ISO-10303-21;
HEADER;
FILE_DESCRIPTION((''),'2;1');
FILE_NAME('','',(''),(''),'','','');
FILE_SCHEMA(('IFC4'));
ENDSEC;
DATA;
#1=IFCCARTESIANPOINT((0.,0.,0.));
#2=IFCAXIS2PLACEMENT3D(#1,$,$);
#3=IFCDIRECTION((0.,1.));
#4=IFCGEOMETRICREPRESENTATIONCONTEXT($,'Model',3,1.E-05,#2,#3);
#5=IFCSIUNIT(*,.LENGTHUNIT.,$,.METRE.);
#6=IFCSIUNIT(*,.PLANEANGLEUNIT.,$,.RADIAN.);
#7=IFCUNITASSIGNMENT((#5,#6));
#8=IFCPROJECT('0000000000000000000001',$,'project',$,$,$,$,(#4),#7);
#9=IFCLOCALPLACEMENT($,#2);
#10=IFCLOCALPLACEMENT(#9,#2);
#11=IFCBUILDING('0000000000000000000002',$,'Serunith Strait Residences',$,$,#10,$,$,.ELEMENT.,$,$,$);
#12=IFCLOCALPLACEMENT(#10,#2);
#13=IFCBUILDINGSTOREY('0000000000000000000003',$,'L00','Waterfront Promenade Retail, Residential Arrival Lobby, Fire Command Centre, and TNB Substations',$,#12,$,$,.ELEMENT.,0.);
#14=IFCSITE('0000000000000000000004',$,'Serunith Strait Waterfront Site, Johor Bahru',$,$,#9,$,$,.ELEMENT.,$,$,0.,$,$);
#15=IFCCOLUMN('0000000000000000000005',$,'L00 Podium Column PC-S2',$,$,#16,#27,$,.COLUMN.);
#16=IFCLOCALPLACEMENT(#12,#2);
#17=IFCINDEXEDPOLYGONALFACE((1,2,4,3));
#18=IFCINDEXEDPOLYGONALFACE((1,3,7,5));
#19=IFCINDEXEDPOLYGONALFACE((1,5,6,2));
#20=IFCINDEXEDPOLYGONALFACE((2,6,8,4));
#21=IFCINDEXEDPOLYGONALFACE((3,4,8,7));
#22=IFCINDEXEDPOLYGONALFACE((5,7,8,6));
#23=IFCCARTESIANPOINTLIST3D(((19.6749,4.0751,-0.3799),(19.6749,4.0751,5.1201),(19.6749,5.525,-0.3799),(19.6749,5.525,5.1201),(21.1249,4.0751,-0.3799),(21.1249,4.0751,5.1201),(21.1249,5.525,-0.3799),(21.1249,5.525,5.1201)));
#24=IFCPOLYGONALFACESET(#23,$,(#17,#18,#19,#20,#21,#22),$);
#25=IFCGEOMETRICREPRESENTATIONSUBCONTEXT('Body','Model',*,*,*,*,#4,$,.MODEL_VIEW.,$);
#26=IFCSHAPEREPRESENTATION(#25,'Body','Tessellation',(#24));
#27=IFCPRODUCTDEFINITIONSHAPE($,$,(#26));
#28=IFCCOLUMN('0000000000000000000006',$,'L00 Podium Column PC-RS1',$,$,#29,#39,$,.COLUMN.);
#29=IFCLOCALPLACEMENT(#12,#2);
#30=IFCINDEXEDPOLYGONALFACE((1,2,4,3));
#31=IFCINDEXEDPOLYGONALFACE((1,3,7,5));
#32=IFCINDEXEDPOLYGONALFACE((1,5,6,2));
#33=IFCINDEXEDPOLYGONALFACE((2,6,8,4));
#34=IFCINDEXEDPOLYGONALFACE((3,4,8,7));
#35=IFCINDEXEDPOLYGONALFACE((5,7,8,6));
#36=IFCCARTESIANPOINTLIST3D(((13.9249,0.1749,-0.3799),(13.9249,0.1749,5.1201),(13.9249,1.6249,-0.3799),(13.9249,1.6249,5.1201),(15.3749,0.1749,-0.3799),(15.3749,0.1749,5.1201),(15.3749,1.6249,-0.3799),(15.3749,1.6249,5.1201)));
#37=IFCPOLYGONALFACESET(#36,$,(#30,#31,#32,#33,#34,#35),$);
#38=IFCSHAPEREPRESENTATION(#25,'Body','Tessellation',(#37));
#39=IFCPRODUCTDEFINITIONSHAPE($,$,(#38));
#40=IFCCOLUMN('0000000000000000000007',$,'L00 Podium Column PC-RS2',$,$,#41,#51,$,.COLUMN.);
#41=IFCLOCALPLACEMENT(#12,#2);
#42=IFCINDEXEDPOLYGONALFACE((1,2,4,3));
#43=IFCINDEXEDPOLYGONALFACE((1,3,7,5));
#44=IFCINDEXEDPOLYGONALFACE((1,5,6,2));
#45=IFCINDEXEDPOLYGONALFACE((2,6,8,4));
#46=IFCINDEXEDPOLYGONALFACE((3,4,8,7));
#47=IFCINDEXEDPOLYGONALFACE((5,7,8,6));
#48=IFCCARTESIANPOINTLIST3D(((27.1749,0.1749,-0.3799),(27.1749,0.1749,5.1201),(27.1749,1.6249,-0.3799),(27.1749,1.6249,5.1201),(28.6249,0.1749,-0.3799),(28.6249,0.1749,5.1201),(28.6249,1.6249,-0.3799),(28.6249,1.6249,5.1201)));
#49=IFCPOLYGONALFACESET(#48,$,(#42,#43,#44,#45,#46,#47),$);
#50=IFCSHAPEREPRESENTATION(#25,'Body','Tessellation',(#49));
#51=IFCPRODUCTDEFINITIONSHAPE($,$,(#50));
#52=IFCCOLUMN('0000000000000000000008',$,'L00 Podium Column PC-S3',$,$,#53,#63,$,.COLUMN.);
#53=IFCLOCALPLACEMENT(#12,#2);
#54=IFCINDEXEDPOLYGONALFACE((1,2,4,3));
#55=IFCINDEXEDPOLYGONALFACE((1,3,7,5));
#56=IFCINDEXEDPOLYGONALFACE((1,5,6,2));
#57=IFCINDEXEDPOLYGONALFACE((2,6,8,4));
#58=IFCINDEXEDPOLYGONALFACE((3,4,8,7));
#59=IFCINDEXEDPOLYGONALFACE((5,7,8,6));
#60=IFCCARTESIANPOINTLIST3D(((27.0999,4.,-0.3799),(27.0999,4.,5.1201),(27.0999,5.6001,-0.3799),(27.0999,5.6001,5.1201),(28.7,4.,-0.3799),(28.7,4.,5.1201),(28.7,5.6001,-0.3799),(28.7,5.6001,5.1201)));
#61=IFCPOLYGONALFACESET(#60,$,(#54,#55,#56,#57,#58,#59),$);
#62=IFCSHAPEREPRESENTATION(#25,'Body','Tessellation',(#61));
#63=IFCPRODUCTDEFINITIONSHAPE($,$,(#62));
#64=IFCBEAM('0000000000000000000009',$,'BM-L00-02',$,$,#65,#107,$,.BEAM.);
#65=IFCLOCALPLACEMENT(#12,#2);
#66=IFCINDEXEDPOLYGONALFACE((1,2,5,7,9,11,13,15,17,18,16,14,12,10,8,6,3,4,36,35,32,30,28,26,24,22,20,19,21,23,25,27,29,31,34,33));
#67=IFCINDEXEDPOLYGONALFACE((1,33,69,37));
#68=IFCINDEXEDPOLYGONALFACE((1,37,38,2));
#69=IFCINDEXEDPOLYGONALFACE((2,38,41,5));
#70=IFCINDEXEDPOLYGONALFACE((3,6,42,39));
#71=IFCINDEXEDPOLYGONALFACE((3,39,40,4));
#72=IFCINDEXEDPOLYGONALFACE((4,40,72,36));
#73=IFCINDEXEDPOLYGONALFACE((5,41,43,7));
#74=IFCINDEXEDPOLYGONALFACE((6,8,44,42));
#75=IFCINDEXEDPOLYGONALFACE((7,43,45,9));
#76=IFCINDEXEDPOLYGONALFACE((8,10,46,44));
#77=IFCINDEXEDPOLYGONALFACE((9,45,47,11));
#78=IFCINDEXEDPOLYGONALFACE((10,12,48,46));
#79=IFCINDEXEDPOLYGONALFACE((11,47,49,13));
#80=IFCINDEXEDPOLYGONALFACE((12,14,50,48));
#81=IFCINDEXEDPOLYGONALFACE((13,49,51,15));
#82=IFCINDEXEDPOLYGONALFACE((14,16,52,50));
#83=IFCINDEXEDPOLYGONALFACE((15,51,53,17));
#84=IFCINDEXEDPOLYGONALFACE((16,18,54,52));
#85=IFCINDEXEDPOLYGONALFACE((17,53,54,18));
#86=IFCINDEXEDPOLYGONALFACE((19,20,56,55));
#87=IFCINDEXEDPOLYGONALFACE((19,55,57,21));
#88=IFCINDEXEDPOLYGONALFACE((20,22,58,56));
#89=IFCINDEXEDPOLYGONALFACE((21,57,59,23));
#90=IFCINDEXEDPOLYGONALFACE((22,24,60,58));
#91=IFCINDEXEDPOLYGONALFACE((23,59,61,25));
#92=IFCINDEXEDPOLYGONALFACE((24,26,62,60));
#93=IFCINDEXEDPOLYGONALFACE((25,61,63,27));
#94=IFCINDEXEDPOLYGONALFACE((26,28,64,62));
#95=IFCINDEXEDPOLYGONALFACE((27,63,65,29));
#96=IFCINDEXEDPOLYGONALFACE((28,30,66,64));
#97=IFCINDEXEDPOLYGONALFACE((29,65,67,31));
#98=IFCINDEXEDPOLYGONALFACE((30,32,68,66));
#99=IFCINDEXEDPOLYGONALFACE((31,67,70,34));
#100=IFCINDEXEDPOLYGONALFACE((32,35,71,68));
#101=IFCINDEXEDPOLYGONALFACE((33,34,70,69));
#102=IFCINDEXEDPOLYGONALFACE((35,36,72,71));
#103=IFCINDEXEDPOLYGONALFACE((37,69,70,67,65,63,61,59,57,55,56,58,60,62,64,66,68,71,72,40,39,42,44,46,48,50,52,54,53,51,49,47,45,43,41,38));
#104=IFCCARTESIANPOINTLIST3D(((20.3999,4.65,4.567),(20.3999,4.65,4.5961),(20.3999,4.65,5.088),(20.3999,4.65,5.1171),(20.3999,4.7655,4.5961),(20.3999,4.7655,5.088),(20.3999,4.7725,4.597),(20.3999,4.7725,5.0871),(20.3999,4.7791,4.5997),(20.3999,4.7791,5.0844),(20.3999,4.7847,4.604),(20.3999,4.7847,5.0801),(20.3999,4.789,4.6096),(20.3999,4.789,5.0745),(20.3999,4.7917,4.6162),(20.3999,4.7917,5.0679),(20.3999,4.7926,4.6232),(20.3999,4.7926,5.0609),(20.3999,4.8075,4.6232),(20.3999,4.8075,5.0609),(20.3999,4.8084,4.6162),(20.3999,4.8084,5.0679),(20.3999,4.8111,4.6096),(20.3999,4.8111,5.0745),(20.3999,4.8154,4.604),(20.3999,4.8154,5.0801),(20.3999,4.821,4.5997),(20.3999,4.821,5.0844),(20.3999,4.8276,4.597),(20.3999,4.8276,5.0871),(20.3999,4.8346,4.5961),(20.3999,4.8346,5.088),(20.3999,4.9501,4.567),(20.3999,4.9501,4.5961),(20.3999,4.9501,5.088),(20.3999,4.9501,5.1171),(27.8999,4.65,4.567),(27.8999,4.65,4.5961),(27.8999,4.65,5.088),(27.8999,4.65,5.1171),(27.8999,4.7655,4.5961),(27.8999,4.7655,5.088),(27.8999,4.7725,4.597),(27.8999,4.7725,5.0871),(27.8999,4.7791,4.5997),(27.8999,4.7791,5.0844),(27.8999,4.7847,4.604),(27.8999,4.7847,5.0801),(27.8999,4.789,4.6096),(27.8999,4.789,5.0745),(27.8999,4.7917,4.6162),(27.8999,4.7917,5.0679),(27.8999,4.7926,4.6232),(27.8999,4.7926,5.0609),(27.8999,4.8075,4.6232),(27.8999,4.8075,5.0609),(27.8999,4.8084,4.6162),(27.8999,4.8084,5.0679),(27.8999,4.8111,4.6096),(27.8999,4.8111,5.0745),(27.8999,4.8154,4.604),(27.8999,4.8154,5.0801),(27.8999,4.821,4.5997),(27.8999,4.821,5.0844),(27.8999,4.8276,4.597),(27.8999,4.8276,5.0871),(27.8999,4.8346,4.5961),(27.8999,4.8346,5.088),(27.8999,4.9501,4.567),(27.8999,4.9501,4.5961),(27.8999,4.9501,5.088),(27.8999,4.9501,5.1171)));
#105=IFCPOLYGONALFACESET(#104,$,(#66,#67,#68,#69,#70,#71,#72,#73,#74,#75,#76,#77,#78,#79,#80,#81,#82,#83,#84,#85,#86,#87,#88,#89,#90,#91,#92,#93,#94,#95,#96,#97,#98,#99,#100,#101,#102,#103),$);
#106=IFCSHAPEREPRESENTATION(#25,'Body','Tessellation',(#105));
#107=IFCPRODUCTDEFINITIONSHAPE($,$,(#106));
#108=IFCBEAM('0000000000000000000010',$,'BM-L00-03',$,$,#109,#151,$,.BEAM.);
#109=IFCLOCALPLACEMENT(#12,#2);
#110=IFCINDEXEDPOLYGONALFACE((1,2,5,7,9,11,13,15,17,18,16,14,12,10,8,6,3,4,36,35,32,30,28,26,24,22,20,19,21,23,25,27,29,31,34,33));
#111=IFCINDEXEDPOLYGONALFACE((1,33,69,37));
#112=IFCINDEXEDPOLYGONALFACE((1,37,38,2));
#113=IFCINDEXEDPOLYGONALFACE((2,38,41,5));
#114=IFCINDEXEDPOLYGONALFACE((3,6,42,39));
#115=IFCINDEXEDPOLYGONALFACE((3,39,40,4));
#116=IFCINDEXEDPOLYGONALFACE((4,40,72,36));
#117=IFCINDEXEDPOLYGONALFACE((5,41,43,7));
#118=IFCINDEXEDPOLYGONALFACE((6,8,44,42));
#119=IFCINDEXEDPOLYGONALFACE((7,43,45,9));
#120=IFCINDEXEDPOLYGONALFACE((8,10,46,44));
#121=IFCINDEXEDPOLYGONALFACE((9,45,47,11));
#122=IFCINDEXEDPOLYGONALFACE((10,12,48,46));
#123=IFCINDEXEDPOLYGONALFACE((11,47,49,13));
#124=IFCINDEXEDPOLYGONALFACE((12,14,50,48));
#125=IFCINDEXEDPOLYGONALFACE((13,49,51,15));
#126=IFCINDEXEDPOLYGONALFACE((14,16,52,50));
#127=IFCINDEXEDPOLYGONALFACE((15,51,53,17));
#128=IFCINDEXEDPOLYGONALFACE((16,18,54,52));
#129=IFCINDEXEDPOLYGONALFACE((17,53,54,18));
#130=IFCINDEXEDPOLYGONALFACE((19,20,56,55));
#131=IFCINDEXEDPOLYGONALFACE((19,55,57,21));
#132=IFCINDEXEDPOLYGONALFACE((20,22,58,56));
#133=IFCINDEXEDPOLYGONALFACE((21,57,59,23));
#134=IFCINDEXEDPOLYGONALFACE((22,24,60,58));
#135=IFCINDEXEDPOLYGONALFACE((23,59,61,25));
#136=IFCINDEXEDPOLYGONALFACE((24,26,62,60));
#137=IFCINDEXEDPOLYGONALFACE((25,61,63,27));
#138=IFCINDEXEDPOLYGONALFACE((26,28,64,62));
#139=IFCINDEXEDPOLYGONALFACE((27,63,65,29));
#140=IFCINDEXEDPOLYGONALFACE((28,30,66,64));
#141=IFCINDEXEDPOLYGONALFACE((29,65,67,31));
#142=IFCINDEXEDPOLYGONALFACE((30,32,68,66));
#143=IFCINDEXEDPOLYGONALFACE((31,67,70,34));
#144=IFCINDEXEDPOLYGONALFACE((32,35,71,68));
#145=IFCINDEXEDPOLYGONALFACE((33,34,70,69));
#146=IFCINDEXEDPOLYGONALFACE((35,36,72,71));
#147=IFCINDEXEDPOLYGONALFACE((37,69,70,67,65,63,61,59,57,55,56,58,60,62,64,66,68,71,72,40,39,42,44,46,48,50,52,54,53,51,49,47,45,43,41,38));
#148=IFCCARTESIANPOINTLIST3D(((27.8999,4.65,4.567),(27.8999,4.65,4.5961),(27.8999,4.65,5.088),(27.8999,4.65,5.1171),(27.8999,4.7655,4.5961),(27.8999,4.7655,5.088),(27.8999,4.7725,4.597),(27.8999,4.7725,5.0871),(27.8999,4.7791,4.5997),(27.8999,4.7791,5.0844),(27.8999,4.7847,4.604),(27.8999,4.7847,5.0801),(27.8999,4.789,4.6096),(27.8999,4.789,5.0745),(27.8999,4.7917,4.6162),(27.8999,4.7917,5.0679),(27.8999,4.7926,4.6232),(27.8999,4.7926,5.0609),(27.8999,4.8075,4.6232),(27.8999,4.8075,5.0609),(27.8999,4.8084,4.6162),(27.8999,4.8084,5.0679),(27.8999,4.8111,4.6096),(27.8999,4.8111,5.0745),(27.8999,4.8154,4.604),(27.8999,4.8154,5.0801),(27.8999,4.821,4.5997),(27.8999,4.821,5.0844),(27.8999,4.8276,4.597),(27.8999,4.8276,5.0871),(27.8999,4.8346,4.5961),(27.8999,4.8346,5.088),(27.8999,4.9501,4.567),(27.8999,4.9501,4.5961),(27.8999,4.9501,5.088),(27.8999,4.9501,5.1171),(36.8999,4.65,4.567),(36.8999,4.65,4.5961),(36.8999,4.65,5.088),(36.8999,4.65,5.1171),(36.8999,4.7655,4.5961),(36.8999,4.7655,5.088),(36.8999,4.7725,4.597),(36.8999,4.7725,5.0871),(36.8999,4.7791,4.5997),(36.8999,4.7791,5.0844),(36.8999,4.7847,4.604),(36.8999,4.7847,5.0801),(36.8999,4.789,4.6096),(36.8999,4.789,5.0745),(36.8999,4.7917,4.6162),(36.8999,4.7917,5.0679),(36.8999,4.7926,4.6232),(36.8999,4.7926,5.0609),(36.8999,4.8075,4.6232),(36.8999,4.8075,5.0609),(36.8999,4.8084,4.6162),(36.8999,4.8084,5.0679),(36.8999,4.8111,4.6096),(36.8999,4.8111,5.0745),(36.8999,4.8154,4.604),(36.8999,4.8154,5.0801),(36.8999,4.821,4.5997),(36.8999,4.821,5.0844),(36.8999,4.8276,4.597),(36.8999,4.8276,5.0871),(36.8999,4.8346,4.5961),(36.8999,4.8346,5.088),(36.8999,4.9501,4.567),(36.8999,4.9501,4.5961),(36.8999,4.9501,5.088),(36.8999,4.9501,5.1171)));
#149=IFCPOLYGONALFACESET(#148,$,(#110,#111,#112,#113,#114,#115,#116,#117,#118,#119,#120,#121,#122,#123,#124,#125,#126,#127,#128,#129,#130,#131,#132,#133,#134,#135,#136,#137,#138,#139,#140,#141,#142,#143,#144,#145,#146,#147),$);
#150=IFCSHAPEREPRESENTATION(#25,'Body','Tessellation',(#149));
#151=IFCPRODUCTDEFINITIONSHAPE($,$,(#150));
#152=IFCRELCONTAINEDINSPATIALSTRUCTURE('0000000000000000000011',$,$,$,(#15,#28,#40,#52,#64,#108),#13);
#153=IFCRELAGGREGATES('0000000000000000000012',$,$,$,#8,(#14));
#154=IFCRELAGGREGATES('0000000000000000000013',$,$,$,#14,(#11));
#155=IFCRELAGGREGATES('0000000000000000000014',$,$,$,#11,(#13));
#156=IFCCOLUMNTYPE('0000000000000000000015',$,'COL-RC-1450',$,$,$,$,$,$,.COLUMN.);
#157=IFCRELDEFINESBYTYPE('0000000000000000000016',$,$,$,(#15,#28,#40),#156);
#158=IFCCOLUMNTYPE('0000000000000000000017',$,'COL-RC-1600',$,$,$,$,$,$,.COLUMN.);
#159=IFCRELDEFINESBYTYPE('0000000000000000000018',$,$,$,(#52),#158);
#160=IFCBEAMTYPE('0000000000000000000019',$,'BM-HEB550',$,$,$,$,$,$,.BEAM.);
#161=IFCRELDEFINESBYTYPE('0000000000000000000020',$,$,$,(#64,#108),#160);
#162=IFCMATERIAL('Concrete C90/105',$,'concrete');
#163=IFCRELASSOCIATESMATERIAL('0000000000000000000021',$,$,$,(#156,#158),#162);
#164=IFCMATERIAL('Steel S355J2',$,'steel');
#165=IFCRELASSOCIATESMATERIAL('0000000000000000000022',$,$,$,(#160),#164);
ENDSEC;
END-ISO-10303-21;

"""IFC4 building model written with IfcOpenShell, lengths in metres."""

from ifc_helpers import new_model, si_unit, direction, frame, origin, origin_2d, place, context, subcontext, project, spatial, rectangle, i_section, extrude, source, transform, mapped, material, material_profile, profile_set, type_object, element, save


model = new_model("IFC4")

# Units and contexts
model_context = context("Model", 3, precision=1e-05, world=origin(), true_north=direction((0.0, 1.0)))
body_context = subcontext(model_context, "Body", "Model", "MODEL_VIEW")
ifc_project = project(units=[si_unit("LENGTHUNIT", "METRE"), si_unit("PLANEANGLEUNIT", "RADIAN")], contexts=[model_context])

# Site, building, storey
site_placement = place(None, origin())
site = spatial("IfcSite", under=ifc_project, at=site_placement, Name="Serunith Strait Waterfront Site, Johor Bahru", CompositionType="ELEMENT", RefElevation=0.0)
building_placement = place(site_placement, origin())
building = spatial("IfcBuilding", under=site, at=building_placement, Name="Serunith Strait Residences", CompositionType="ELEMENT")
storey_placement = place(building_placement, origin())
storey = spatial("IfcBuildingStorey", under=building, at=storey_placement, Name="L00", Description="Waterfront Promenade Retail, Residential Arrival Lobby, Fire Command Centre, and TNB Substations", CompositionType="ELEMENT", Elevation=0.0)

# Columns
ifc_material_1 = material(Name="Concrete C90/105", Category="concrete")
ifc_material_profile_1 = material_profile(ifc_material_1, rectangle(XDim=1.45, YDim=1.45, at=origin_2d()), Name="RC 1450x1450")
ifc_profile_set_1 = profile_set([ifc_material_profile_1], Name="Concrete C90/105")
column_type_1 = type_object("IfcColumnType", Name="COL-RC-1450", PredefinedType="COLUMN", material=ifc_profile_set_1)
shared_shape_1 = source(origin(), body_context, "Body", "SweptSolid", [
    extrude(rectangle(XDim=1.45, YDim=1.45, at=origin_2d()), origin(), (0.0, 0.0, 1.0), 5.5),
])
for number, where, z_axis, x_axis, name in (
    (1, (20.3999, 4.8, -0.3799), (0.0, 0.0, 1.0), (1.0, 0.0, 0.0), "L00 Podium Column PC-S2"),
    (2, (14.6499, 0.8999, -0.3799), (0.0, 0.0, 1.0), (1.0, 0.0, 0.0), "L00 Podium Column PC-RS1"),
    (3, (27.8999, 0.8999, -0.3799), (0.0, 0.0, 1.0), (1.0, 0.0, 0.0), "L00 Podium Column PC-RS2"),
):
    element("IfcColumn", number, at=place(storey_placement, frame(where, z_axis=z_axis, x_axis=x_axis)), inside=storey, type_object=column_type_1, Name=name, PredefinedType="COLUMN", context=body_context, shape_type="MappedRepresentation", body=[
        mapped(shared_shape_1, transform((0.0, 0.0, 0.0), scale=1.0)),
    ])
ifc_material_profile_2 = material_profile(ifc_material_1, rectangle(XDim=1.6001, YDim=1.6001, at=origin_2d()), Name="RC 1600x1600")
ifc_profile_set_2 = profile_set([ifc_material_profile_2], Name="Concrete C90/105")
column_type_2 = type_object("IfcColumnType", Name="COL-RC-1600", PredefinedType="COLUMN", material=ifc_profile_set_2)
shared_shape_2 = source(origin(), body_context, "Body", "SweptSolid", [
    extrude(rectangle(XDim=1.6001, YDim=1.6001, at=origin_2d()), origin(), (0.0, 0.0, 1.0), 5.5),
])
column_placement = place(storey_placement, frame((27.8999, 4.8, -0.3799), z_axis=(0.0, 0.0, 1.0), x_axis=(1.0, 0.0, 0.0)))
element("IfcColumn", 4, at=column_placement, inside=storey, type_object=column_type_2, Name="L00 Podium Column PC-S3", PredefinedType="COLUMN", context=body_context, shape_type="MappedRepresentation", body=[
    mapped(shared_shape_2, transform((0.0, 0.0, 0.0), scale=1.0)),
])

# Beams
ifc_material_2 = material(Name="Steel S355J2", Category="steel")
ifc_material_profile_3 = material_profile(ifc_material_2, i_section(OverallWidth=0.3, OverallDepth=0.55, WebThickness=0.0149, FlangeThickness=0.0291, FilletRadius=0.0271, at=origin_2d()), Name="HEB 550")
ifc_profile_set_3 = profile_set([ifc_material_profile_3], Name="Steel S355J2")
beam_type_1 = type_object("IfcBeamType", Name="BM-HEB550", PredefinedType="BEAM", material=ifc_profile_set_3)
shared_shape_3 = source(origin(), body_context, "Body", "SweptSolid", [
    extrude(i_section(OverallWidth=0.3, OverallDepth=0.55, WebThickness=0.0149, FlangeThickness=0.0291, FilletRadius=0.0271, at=origin_2d()), origin(), (0.0, 0.0, 1.0), 7.5),
])
beam_1_placement = place(storey_placement, frame((20.3999, 4.8, 4.842), z_axis=(1.0, 0.0, 0.0), x_axis=(0.0, 1.0, 0.0)))
element("IfcBeam", 5, at=beam_1_placement, inside=storey, type_object=beam_type_1, Name="BM-L00-02", PredefinedType="BEAM", context=body_context, shape_type="MappedRepresentation", body=[
    mapped(shared_shape_3, transform((0.0, 0.0, 0.0), scale=1.0)),
])
shared_shape_4 = source(origin(), body_context, "Body", "SweptSolid", [
    extrude(i_section(OverallWidth=0.3, OverallDepth=0.55, WebThickness=0.0149, FlangeThickness=0.0291, FilletRadius=0.0271, at=origin_2d()), origin(), (0.0, 0.0, 1.0), 9.0),
])
beam_2_placement = place(storey_placement, frame((27.8999, 4.8, 4.842), z_axis=(1.0, 0.0, 0.0), x_axis=(0.0, 1.0, 0.0)))
element("IfcBeam", 6, at=beam_2_placement, inside=storey, type_object=beam_type_1, Name="BM-L00-03", PredefinedType="BEAM", context=body_context, shape_type="MappedRepresentation", body=[
    mapped(shared_shape_4, transform((0.0, 0.0, 0.0), scale=1.0)),
])

save(model, "model.ifc")
